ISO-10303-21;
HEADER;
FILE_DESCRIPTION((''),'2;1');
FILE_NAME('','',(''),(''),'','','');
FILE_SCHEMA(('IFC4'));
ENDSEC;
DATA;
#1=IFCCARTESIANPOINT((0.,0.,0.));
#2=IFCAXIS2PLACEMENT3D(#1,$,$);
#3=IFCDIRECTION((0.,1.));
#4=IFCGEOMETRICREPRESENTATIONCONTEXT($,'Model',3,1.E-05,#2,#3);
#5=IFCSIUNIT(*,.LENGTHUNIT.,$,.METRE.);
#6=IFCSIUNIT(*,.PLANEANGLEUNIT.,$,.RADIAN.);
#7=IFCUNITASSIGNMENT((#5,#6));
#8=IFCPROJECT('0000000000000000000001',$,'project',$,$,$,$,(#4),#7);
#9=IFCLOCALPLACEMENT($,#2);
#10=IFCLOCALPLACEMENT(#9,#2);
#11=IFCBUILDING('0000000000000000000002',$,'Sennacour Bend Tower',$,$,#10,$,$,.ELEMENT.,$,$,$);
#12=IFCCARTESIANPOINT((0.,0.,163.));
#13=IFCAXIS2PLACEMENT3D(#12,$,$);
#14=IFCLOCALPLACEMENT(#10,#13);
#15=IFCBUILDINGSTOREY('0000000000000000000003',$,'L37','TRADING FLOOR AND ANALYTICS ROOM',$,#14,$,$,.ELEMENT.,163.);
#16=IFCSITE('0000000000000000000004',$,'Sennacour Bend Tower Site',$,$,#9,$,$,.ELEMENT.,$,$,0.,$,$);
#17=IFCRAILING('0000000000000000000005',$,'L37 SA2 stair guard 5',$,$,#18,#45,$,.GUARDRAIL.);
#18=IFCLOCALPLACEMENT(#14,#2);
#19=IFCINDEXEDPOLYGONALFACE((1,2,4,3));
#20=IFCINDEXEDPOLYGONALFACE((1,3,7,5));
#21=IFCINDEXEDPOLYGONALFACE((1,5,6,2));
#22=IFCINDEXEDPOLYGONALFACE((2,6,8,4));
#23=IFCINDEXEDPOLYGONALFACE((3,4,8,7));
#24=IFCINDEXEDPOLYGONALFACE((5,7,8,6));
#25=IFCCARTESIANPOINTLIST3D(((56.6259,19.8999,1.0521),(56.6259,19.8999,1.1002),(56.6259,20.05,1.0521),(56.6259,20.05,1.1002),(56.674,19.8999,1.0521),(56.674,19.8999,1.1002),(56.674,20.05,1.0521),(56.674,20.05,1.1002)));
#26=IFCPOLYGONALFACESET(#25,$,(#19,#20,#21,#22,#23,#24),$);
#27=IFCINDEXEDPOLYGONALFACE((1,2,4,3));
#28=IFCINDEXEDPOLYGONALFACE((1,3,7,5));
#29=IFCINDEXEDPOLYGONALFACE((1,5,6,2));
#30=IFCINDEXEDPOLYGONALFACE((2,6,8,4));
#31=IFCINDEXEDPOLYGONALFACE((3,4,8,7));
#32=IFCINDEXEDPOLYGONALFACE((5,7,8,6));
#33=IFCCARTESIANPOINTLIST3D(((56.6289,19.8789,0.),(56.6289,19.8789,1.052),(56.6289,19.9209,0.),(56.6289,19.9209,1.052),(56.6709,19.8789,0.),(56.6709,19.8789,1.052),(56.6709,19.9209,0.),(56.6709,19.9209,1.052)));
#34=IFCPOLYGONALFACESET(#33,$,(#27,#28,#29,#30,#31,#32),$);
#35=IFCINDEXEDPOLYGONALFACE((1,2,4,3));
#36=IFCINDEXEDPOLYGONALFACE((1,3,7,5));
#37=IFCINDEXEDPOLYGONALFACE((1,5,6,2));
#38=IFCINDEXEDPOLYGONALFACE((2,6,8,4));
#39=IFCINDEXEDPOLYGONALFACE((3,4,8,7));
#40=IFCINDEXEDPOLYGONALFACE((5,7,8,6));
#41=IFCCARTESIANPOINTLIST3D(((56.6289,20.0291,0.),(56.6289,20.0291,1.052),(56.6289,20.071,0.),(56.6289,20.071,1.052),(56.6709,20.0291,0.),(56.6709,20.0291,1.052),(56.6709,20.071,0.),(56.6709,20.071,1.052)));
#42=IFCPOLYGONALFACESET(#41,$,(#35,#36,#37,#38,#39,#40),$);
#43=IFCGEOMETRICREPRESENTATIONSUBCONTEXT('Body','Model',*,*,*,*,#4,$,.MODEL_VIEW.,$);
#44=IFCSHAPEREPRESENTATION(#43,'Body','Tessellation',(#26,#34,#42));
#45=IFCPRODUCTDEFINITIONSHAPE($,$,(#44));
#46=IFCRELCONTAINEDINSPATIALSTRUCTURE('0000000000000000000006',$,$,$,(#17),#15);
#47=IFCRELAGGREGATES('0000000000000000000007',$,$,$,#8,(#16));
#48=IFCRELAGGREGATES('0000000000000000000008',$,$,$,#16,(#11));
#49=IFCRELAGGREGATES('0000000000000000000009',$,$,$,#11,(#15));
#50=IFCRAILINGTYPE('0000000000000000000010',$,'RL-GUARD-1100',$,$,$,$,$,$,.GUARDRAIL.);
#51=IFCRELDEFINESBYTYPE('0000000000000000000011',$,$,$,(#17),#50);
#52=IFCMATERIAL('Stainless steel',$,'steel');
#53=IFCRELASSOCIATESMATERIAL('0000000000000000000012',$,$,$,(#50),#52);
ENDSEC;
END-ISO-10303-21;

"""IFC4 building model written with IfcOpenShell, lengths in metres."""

from ifc_helpers import new_model, si_unit, direction, frame, origin, origin_2d, place, context, subcontext, project, spatial, rectangle, extrude, material, type_object, element, save


model = new_model("IFC4")

# Units and contexts
model_context = context("Model", 3, precision=1e-05, world=origin(), true_north=direction((0.0, 1.0)))
body_context = subcontext(model_context, "Body", "Model", "MODEL_VIEW")
ifc_project = project(units=[si_unit("LENGTHUNIT", "METRE"), si_unit("PLANEANGLEUNIT", "RADIAN")], contexts=[model_context])

# Site, building, storey
site_placement = place(None, origin())
site = spatial("IfcSite", under=ifc_project, at=site_placement, Name="Sennacour Bend Tower Site", CompositionType="ELEMENT", RefElevation=0.0)
building_placement = place(site_placement, origin())
building = spatial("IfcBuilding", under=site, at=building_placement, Name="Sennacour Bend Tower", CompositionType="ELEMENT")
storey_placement = place(building_placement, frame((0.0, 0.0, 163.0)))
storey = spatial("IfcBuildingStorey", under=building, at=storey_placement, Name="L37", Description="TRADING FLOOR AND ANALYTICS ROOM", CompositionType="ELEMENT", Elevation=163.0)

# Shared definitions
ifc_material_1 = material(Name="Stainless steel", Category="steel")

# Railing
railing_type = type_object("IfcRailingType", Name="RL-GUARD-1100", PredefinedType="GUARDRAIL", material=ifc_material_1)
railing_placement = place(storey_placement, frame((56.6499, 19.8999, 0.0)))
element("IfcRailing", 1, at=railing_placement, inside=storey, type_object=railing_type, Name="L37 SA2 stair guard 5", PredefinedType="GUARDRAIL", context=body_context, shape_type="SweptSolid", body=[
    extrude(rectangle(XDim=0.0481, YDim=0.0481, at=origin_2d()), frame((0.0, 0.0, 1.0762), z_axis=(0.0, 1.0, 0.0), x_axis=(-1.0, 0.0, 0.0)), (0.0, 0.0, 1.0), 0.1501),
    extrude(rectangle(XDim=0.042, YDim=0.042, at=origin_2d()), origin(), (0.0, 0.0, 1.0), 1.052),
    extrude(rectangle(XDim=0.042, YDim=0.042, at=origin_2d()), frame((0.0, 0.1501, 0.0)), (0.0, 0.0, 1.0), 1.052),
])

save(model, "model.ifc")
